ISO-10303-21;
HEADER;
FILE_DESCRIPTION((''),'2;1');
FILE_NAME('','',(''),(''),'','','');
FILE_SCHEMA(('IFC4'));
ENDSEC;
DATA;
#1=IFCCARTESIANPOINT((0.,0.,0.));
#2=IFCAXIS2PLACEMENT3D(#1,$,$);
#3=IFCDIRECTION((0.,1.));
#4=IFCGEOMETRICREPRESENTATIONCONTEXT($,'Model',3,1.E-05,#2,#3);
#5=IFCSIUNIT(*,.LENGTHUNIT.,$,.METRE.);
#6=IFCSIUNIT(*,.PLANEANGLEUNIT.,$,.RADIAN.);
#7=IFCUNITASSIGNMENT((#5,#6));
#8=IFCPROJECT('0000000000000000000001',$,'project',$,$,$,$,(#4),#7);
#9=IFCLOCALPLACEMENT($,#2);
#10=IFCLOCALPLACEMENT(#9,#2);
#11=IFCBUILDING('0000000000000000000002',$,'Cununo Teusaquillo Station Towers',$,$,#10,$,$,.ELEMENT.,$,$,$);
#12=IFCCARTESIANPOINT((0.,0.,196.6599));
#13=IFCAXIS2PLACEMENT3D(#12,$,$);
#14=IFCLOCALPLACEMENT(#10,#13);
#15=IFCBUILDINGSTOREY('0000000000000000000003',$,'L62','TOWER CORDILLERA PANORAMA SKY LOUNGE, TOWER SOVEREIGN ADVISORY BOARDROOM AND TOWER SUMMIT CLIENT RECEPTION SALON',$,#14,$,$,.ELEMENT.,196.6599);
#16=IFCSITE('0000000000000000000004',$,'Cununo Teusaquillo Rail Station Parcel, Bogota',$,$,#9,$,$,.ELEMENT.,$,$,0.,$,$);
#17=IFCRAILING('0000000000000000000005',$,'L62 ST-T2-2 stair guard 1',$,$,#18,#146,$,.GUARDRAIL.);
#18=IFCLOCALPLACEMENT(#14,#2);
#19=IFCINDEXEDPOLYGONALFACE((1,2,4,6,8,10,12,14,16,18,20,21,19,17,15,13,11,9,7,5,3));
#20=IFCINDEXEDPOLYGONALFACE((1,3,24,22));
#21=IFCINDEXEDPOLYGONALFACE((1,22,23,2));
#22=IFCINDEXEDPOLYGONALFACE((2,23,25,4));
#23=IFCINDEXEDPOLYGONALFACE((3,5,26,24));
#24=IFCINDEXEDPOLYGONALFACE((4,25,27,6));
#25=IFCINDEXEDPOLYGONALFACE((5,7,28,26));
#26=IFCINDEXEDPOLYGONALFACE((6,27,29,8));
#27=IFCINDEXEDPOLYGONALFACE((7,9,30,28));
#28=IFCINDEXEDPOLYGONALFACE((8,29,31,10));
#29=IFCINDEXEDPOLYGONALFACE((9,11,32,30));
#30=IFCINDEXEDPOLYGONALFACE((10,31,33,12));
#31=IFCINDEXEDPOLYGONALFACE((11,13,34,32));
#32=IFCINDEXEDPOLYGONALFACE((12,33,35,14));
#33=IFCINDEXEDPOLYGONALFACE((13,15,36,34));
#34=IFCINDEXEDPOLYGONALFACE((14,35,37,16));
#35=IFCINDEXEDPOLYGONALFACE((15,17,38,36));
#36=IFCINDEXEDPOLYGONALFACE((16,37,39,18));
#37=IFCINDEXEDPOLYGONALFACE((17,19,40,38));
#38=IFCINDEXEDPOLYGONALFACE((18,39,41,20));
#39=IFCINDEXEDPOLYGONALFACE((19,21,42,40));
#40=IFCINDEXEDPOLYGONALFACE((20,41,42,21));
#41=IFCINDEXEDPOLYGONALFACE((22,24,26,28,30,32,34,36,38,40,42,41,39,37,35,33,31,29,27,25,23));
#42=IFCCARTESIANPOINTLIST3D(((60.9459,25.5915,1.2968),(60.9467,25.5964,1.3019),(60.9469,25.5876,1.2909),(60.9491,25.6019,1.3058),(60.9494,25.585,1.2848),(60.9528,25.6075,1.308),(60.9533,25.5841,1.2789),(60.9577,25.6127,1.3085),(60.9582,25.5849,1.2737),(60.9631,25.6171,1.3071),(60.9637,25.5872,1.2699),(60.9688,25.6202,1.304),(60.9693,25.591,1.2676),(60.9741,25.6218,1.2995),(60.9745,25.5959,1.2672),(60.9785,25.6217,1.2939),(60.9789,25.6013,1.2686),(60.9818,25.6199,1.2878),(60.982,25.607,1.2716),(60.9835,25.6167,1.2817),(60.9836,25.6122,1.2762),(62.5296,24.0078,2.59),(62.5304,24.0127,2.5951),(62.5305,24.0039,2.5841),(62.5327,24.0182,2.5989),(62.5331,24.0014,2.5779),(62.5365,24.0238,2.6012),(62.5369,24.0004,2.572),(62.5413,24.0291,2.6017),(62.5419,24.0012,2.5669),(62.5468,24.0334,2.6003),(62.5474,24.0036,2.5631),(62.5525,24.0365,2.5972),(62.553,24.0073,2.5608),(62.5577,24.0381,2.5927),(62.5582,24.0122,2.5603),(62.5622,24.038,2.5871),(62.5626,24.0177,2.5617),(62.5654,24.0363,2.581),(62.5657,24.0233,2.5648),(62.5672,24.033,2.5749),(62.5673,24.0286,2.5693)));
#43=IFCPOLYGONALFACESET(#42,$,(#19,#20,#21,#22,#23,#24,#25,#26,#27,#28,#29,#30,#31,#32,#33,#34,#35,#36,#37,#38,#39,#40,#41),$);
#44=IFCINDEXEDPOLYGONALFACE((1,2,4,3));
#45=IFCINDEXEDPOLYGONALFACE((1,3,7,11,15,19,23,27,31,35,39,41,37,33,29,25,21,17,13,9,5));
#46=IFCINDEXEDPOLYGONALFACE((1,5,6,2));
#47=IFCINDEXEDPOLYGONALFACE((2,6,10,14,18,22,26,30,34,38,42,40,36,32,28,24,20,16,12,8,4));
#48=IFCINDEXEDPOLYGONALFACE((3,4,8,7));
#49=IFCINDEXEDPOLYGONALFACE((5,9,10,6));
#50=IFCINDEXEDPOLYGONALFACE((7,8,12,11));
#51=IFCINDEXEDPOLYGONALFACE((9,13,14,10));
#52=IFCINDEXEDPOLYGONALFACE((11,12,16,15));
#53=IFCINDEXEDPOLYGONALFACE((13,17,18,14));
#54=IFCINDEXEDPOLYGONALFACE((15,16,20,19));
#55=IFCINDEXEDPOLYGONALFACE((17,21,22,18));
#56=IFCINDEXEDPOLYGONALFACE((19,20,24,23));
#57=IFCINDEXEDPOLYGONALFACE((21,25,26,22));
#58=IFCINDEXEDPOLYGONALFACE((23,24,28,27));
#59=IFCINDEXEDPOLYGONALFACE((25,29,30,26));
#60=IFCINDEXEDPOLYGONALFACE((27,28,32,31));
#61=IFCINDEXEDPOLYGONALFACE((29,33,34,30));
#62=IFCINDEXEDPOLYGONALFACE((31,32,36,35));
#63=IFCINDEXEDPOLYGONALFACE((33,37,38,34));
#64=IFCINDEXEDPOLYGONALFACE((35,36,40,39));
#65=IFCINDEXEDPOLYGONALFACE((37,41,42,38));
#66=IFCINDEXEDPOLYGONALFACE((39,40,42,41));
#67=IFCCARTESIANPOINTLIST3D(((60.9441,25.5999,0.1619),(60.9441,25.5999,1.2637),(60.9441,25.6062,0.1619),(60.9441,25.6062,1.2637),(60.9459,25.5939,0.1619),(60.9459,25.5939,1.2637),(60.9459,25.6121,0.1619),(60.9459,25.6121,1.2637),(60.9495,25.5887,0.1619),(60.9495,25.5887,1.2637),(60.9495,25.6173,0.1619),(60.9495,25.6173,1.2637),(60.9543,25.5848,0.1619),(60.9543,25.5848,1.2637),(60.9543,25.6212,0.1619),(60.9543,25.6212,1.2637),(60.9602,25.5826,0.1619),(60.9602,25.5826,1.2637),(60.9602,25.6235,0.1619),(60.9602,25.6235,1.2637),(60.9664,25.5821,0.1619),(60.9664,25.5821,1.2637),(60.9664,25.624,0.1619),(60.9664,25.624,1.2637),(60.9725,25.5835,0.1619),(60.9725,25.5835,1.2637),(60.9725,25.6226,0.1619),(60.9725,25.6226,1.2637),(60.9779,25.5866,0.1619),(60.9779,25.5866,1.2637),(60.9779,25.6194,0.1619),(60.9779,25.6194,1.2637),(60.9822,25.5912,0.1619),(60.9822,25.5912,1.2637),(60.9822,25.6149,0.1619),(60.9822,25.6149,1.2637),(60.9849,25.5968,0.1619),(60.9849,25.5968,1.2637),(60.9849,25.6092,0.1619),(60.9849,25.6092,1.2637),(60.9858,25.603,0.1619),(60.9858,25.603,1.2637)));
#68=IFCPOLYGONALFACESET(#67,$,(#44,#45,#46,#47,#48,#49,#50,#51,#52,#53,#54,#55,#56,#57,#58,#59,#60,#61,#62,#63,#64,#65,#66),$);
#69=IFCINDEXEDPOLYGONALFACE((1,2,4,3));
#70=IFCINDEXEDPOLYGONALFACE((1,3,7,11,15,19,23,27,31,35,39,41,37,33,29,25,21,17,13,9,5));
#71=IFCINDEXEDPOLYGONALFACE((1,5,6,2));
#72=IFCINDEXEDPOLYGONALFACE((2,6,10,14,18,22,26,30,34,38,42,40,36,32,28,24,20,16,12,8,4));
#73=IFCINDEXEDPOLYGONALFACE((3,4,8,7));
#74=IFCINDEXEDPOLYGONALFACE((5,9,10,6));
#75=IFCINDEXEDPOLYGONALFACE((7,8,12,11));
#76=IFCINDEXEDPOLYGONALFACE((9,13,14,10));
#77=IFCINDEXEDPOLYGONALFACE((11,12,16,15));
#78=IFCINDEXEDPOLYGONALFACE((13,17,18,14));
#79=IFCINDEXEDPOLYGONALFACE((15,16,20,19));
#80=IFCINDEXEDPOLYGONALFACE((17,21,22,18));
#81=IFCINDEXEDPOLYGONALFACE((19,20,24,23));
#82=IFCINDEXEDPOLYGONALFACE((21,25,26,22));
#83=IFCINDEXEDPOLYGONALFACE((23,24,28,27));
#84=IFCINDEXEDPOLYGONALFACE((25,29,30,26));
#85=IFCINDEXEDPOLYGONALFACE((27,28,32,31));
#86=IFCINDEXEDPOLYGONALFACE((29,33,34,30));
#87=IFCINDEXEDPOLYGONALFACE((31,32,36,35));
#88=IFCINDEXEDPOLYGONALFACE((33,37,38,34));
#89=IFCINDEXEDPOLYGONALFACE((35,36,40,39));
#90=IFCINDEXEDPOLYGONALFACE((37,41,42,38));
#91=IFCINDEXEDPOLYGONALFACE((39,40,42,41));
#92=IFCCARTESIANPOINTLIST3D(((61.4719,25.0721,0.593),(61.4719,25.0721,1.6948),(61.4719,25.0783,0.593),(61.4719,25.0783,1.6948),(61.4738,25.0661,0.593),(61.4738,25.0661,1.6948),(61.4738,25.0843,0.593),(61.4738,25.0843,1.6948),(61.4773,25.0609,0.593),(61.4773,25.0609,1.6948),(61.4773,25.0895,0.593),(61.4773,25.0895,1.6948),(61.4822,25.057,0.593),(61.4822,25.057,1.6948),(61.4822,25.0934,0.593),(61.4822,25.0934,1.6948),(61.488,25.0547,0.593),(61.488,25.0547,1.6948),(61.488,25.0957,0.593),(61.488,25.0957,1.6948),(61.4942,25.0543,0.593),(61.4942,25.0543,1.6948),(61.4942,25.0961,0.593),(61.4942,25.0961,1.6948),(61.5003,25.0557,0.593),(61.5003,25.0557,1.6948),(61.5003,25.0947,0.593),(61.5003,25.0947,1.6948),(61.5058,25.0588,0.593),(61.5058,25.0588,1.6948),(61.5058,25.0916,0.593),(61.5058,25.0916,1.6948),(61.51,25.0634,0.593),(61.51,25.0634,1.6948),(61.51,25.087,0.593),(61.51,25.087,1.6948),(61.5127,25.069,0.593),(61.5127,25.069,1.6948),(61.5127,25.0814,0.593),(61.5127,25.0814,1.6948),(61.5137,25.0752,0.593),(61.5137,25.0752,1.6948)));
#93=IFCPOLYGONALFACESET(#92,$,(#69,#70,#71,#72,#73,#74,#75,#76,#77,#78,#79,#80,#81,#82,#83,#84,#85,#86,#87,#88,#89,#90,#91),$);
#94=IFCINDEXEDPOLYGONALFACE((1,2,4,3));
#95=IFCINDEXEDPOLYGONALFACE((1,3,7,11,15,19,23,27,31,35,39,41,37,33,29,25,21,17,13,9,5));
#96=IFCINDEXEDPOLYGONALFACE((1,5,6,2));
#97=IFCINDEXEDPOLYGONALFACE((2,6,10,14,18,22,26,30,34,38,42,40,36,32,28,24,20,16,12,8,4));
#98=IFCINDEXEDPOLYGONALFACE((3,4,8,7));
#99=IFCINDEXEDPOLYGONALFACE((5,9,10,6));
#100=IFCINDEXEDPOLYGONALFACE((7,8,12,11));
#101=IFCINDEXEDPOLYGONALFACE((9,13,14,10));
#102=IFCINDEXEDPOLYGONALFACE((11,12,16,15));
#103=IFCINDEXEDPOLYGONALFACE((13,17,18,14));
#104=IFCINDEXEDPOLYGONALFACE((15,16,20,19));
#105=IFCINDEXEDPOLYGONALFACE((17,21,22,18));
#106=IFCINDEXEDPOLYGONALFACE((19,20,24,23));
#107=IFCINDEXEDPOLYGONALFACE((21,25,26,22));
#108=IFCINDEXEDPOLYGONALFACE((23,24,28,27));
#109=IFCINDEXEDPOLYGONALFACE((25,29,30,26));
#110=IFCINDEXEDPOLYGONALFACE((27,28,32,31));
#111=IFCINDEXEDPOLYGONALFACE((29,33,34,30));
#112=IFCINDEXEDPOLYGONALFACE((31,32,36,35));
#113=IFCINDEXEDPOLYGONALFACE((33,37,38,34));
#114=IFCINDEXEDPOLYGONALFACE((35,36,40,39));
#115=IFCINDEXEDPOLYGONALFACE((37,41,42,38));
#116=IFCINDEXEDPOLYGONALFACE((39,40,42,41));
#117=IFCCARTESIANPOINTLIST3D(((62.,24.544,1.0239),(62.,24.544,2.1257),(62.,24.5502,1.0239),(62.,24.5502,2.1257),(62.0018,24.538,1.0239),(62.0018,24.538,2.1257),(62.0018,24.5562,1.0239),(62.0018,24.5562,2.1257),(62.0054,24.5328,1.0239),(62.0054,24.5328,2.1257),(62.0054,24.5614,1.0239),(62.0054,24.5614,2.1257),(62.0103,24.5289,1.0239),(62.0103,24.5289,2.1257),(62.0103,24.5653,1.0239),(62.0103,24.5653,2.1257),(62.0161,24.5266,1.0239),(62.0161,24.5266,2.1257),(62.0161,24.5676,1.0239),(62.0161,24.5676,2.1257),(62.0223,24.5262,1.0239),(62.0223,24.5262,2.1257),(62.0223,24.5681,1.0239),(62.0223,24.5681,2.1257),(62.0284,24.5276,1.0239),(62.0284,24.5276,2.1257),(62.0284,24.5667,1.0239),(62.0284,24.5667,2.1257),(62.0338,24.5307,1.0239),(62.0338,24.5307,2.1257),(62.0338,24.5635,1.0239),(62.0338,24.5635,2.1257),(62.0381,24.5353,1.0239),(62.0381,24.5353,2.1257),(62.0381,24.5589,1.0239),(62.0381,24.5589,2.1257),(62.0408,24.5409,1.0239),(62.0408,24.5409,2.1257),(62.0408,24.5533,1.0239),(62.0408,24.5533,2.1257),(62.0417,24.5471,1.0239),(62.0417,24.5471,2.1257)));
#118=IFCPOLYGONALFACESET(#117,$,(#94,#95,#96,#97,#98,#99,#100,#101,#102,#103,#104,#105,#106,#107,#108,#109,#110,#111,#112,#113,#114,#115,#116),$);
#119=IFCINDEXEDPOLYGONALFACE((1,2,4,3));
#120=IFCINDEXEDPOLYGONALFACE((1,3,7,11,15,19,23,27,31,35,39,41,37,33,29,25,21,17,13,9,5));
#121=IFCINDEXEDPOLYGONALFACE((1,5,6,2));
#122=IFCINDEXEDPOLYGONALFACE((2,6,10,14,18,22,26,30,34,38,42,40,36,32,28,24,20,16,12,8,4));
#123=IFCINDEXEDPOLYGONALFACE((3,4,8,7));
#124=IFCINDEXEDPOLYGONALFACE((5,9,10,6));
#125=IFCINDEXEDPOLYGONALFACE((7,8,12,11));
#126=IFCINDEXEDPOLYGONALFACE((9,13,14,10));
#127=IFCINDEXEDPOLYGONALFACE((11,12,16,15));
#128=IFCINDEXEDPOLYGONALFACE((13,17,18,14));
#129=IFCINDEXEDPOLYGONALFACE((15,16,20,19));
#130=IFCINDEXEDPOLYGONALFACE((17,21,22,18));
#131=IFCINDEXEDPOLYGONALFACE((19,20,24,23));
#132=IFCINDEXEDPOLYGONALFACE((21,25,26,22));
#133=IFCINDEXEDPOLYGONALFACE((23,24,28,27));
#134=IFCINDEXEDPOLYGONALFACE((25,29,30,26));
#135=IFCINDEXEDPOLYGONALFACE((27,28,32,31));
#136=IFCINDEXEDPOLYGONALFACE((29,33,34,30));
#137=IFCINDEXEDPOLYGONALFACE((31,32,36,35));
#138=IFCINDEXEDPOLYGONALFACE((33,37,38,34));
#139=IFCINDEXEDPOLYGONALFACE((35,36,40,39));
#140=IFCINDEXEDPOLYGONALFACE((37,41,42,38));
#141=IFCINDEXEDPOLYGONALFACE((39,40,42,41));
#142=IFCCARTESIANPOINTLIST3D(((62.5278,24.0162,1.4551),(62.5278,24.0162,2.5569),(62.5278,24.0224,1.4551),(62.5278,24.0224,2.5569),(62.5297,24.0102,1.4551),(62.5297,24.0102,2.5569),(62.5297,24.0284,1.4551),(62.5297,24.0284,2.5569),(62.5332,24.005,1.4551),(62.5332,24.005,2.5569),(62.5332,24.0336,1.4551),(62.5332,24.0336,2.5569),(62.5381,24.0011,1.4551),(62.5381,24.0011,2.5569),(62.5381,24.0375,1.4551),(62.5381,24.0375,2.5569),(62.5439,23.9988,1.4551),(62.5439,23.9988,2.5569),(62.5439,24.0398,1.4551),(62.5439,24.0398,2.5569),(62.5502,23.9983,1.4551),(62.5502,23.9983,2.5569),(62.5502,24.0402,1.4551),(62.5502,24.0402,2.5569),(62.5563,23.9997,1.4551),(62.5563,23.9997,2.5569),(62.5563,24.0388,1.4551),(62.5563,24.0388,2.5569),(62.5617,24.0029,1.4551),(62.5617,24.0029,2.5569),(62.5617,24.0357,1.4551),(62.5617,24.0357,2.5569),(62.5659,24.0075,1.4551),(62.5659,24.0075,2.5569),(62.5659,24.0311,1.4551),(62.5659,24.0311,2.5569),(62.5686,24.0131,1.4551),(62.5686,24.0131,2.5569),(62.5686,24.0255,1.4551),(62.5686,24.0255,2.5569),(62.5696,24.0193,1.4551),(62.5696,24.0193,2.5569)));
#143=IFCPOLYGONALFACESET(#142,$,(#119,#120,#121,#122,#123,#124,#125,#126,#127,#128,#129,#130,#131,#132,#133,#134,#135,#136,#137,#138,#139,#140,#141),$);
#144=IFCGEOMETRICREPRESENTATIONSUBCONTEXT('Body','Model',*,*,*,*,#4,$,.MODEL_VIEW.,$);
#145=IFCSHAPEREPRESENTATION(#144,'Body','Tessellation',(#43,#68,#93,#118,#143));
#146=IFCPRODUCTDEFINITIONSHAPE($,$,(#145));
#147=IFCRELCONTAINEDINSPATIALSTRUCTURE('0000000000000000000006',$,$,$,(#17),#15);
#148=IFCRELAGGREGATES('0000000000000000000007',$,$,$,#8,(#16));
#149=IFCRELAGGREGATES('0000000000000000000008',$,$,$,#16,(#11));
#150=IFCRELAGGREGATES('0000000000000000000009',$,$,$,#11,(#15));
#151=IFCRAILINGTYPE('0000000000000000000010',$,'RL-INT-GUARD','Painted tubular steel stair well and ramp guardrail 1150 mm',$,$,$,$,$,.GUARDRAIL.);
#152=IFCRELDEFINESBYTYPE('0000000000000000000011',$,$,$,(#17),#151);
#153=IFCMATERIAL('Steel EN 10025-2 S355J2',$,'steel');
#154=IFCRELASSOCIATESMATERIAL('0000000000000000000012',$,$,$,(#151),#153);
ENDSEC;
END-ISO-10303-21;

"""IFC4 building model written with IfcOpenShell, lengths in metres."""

from ifc_helpers import new_model, si_unit, direction, frame, origin, origin_2d, place, context, subcontext, project, spatial, circle, extrude, material, type_object, element, save


model = new_model("IFC4")

# Units and contexts
model_context = context("Model", 3, precision=1e-05, world=origin(), true_north=direction((0.0, 1.0)))
body_context = subcontext(model_context, "Body", "Model", "MODEL_VIEW")
ifc_project = project(units=[si_unit("LENGTHUNIT", "METRE"), si_unit("PLANEANGLEUNIT", "RADIAN")], contexts=[model_context])

# Site, building, storey
site_placement = place(None, origin())
site = spatial("IfcSite", under=ifc_project, at=site_placement, Name="Cununo Teusaquillo Rail Station Parcel, Bogota", CompositionType="ELEMENT", RefElevation=0.0)
building_placement = place(site_placement, origin())
building = spatial("IfcBuilding", under=site, at=building_placement, Name="Cununo Teusaquillo Station Towers", CompositionType="ELEMENT")
storey_placement = place(building_placement, frame((0.0, 0.0, 196.6599)))
storey = spatial("IfcBuildingStorey", under=building, at=storey_placement, Name="L62", Description="TOWER CORDILLERA PANORAMA SKY LOUNGE, TOWER SOVEREIGN ADVISORY BOARDROOM AND TOWER SUMMIT CLIENT RECEPTION SALON", CompositionType="ELEMENT", Elevation=196.6599)

# Railing
ifc_material_1 = material(Name="Steel EN 10025-2 S355J2", Category="steel")
railing_type_1 = type_object("IfcRailingType", Name="RL-INT-GUARD", Description="Painted tubular steel stair well and ramp guardrail 1150 mm", PredefinedType="GUARDRAIL", material=ifc_material_1)
railing_1_placement = place(storey_placement, frame((60.9648, 25.603, 0.1619)))
element("IfcRailing", 1, at=railing_1_placement, inside=storey, type_object=railing_type_1, Name="L62 ST-T2-2 stair guard 1", PredefinedType="GUARDRAIL", context=body_context, shape_type="SweptSolid", body=[
    extrude(circle(Radius=0.0239, at=origin_2d()), frame((0.0, 0.0, 1.126), z_axis=(0.612361, -0.612361, 0.500027), x_axis=(0.707107, 0.707107, 0.0)), (0.0, 0.0, 1.0), 2.5862),
    extrude(circle(Radius=0.021, at=origin_2d()), origin(), (0.0, 0.0, 1.0), 1.1018),
    extrude(circle(Radius=0.021, at=origin_2d()), frame((0.5278, -0.5278, 0.4312)), (0.0, 0.0, 1.0), 1.1018),
    extrude(circle(Radius=0.021, at=origin_2d()), frame((1.0559, -1.0559, 0.8621)), (0.0, 0.0, 1.0), 1.1018),
    extrude(circle(Radius=0.021, at=origin_2d()), frame((1.5837, -1.5837, 1.2932)), (0.0, 0.0, 1.0), 1.1018),
])

save(model, "model.ifc")
